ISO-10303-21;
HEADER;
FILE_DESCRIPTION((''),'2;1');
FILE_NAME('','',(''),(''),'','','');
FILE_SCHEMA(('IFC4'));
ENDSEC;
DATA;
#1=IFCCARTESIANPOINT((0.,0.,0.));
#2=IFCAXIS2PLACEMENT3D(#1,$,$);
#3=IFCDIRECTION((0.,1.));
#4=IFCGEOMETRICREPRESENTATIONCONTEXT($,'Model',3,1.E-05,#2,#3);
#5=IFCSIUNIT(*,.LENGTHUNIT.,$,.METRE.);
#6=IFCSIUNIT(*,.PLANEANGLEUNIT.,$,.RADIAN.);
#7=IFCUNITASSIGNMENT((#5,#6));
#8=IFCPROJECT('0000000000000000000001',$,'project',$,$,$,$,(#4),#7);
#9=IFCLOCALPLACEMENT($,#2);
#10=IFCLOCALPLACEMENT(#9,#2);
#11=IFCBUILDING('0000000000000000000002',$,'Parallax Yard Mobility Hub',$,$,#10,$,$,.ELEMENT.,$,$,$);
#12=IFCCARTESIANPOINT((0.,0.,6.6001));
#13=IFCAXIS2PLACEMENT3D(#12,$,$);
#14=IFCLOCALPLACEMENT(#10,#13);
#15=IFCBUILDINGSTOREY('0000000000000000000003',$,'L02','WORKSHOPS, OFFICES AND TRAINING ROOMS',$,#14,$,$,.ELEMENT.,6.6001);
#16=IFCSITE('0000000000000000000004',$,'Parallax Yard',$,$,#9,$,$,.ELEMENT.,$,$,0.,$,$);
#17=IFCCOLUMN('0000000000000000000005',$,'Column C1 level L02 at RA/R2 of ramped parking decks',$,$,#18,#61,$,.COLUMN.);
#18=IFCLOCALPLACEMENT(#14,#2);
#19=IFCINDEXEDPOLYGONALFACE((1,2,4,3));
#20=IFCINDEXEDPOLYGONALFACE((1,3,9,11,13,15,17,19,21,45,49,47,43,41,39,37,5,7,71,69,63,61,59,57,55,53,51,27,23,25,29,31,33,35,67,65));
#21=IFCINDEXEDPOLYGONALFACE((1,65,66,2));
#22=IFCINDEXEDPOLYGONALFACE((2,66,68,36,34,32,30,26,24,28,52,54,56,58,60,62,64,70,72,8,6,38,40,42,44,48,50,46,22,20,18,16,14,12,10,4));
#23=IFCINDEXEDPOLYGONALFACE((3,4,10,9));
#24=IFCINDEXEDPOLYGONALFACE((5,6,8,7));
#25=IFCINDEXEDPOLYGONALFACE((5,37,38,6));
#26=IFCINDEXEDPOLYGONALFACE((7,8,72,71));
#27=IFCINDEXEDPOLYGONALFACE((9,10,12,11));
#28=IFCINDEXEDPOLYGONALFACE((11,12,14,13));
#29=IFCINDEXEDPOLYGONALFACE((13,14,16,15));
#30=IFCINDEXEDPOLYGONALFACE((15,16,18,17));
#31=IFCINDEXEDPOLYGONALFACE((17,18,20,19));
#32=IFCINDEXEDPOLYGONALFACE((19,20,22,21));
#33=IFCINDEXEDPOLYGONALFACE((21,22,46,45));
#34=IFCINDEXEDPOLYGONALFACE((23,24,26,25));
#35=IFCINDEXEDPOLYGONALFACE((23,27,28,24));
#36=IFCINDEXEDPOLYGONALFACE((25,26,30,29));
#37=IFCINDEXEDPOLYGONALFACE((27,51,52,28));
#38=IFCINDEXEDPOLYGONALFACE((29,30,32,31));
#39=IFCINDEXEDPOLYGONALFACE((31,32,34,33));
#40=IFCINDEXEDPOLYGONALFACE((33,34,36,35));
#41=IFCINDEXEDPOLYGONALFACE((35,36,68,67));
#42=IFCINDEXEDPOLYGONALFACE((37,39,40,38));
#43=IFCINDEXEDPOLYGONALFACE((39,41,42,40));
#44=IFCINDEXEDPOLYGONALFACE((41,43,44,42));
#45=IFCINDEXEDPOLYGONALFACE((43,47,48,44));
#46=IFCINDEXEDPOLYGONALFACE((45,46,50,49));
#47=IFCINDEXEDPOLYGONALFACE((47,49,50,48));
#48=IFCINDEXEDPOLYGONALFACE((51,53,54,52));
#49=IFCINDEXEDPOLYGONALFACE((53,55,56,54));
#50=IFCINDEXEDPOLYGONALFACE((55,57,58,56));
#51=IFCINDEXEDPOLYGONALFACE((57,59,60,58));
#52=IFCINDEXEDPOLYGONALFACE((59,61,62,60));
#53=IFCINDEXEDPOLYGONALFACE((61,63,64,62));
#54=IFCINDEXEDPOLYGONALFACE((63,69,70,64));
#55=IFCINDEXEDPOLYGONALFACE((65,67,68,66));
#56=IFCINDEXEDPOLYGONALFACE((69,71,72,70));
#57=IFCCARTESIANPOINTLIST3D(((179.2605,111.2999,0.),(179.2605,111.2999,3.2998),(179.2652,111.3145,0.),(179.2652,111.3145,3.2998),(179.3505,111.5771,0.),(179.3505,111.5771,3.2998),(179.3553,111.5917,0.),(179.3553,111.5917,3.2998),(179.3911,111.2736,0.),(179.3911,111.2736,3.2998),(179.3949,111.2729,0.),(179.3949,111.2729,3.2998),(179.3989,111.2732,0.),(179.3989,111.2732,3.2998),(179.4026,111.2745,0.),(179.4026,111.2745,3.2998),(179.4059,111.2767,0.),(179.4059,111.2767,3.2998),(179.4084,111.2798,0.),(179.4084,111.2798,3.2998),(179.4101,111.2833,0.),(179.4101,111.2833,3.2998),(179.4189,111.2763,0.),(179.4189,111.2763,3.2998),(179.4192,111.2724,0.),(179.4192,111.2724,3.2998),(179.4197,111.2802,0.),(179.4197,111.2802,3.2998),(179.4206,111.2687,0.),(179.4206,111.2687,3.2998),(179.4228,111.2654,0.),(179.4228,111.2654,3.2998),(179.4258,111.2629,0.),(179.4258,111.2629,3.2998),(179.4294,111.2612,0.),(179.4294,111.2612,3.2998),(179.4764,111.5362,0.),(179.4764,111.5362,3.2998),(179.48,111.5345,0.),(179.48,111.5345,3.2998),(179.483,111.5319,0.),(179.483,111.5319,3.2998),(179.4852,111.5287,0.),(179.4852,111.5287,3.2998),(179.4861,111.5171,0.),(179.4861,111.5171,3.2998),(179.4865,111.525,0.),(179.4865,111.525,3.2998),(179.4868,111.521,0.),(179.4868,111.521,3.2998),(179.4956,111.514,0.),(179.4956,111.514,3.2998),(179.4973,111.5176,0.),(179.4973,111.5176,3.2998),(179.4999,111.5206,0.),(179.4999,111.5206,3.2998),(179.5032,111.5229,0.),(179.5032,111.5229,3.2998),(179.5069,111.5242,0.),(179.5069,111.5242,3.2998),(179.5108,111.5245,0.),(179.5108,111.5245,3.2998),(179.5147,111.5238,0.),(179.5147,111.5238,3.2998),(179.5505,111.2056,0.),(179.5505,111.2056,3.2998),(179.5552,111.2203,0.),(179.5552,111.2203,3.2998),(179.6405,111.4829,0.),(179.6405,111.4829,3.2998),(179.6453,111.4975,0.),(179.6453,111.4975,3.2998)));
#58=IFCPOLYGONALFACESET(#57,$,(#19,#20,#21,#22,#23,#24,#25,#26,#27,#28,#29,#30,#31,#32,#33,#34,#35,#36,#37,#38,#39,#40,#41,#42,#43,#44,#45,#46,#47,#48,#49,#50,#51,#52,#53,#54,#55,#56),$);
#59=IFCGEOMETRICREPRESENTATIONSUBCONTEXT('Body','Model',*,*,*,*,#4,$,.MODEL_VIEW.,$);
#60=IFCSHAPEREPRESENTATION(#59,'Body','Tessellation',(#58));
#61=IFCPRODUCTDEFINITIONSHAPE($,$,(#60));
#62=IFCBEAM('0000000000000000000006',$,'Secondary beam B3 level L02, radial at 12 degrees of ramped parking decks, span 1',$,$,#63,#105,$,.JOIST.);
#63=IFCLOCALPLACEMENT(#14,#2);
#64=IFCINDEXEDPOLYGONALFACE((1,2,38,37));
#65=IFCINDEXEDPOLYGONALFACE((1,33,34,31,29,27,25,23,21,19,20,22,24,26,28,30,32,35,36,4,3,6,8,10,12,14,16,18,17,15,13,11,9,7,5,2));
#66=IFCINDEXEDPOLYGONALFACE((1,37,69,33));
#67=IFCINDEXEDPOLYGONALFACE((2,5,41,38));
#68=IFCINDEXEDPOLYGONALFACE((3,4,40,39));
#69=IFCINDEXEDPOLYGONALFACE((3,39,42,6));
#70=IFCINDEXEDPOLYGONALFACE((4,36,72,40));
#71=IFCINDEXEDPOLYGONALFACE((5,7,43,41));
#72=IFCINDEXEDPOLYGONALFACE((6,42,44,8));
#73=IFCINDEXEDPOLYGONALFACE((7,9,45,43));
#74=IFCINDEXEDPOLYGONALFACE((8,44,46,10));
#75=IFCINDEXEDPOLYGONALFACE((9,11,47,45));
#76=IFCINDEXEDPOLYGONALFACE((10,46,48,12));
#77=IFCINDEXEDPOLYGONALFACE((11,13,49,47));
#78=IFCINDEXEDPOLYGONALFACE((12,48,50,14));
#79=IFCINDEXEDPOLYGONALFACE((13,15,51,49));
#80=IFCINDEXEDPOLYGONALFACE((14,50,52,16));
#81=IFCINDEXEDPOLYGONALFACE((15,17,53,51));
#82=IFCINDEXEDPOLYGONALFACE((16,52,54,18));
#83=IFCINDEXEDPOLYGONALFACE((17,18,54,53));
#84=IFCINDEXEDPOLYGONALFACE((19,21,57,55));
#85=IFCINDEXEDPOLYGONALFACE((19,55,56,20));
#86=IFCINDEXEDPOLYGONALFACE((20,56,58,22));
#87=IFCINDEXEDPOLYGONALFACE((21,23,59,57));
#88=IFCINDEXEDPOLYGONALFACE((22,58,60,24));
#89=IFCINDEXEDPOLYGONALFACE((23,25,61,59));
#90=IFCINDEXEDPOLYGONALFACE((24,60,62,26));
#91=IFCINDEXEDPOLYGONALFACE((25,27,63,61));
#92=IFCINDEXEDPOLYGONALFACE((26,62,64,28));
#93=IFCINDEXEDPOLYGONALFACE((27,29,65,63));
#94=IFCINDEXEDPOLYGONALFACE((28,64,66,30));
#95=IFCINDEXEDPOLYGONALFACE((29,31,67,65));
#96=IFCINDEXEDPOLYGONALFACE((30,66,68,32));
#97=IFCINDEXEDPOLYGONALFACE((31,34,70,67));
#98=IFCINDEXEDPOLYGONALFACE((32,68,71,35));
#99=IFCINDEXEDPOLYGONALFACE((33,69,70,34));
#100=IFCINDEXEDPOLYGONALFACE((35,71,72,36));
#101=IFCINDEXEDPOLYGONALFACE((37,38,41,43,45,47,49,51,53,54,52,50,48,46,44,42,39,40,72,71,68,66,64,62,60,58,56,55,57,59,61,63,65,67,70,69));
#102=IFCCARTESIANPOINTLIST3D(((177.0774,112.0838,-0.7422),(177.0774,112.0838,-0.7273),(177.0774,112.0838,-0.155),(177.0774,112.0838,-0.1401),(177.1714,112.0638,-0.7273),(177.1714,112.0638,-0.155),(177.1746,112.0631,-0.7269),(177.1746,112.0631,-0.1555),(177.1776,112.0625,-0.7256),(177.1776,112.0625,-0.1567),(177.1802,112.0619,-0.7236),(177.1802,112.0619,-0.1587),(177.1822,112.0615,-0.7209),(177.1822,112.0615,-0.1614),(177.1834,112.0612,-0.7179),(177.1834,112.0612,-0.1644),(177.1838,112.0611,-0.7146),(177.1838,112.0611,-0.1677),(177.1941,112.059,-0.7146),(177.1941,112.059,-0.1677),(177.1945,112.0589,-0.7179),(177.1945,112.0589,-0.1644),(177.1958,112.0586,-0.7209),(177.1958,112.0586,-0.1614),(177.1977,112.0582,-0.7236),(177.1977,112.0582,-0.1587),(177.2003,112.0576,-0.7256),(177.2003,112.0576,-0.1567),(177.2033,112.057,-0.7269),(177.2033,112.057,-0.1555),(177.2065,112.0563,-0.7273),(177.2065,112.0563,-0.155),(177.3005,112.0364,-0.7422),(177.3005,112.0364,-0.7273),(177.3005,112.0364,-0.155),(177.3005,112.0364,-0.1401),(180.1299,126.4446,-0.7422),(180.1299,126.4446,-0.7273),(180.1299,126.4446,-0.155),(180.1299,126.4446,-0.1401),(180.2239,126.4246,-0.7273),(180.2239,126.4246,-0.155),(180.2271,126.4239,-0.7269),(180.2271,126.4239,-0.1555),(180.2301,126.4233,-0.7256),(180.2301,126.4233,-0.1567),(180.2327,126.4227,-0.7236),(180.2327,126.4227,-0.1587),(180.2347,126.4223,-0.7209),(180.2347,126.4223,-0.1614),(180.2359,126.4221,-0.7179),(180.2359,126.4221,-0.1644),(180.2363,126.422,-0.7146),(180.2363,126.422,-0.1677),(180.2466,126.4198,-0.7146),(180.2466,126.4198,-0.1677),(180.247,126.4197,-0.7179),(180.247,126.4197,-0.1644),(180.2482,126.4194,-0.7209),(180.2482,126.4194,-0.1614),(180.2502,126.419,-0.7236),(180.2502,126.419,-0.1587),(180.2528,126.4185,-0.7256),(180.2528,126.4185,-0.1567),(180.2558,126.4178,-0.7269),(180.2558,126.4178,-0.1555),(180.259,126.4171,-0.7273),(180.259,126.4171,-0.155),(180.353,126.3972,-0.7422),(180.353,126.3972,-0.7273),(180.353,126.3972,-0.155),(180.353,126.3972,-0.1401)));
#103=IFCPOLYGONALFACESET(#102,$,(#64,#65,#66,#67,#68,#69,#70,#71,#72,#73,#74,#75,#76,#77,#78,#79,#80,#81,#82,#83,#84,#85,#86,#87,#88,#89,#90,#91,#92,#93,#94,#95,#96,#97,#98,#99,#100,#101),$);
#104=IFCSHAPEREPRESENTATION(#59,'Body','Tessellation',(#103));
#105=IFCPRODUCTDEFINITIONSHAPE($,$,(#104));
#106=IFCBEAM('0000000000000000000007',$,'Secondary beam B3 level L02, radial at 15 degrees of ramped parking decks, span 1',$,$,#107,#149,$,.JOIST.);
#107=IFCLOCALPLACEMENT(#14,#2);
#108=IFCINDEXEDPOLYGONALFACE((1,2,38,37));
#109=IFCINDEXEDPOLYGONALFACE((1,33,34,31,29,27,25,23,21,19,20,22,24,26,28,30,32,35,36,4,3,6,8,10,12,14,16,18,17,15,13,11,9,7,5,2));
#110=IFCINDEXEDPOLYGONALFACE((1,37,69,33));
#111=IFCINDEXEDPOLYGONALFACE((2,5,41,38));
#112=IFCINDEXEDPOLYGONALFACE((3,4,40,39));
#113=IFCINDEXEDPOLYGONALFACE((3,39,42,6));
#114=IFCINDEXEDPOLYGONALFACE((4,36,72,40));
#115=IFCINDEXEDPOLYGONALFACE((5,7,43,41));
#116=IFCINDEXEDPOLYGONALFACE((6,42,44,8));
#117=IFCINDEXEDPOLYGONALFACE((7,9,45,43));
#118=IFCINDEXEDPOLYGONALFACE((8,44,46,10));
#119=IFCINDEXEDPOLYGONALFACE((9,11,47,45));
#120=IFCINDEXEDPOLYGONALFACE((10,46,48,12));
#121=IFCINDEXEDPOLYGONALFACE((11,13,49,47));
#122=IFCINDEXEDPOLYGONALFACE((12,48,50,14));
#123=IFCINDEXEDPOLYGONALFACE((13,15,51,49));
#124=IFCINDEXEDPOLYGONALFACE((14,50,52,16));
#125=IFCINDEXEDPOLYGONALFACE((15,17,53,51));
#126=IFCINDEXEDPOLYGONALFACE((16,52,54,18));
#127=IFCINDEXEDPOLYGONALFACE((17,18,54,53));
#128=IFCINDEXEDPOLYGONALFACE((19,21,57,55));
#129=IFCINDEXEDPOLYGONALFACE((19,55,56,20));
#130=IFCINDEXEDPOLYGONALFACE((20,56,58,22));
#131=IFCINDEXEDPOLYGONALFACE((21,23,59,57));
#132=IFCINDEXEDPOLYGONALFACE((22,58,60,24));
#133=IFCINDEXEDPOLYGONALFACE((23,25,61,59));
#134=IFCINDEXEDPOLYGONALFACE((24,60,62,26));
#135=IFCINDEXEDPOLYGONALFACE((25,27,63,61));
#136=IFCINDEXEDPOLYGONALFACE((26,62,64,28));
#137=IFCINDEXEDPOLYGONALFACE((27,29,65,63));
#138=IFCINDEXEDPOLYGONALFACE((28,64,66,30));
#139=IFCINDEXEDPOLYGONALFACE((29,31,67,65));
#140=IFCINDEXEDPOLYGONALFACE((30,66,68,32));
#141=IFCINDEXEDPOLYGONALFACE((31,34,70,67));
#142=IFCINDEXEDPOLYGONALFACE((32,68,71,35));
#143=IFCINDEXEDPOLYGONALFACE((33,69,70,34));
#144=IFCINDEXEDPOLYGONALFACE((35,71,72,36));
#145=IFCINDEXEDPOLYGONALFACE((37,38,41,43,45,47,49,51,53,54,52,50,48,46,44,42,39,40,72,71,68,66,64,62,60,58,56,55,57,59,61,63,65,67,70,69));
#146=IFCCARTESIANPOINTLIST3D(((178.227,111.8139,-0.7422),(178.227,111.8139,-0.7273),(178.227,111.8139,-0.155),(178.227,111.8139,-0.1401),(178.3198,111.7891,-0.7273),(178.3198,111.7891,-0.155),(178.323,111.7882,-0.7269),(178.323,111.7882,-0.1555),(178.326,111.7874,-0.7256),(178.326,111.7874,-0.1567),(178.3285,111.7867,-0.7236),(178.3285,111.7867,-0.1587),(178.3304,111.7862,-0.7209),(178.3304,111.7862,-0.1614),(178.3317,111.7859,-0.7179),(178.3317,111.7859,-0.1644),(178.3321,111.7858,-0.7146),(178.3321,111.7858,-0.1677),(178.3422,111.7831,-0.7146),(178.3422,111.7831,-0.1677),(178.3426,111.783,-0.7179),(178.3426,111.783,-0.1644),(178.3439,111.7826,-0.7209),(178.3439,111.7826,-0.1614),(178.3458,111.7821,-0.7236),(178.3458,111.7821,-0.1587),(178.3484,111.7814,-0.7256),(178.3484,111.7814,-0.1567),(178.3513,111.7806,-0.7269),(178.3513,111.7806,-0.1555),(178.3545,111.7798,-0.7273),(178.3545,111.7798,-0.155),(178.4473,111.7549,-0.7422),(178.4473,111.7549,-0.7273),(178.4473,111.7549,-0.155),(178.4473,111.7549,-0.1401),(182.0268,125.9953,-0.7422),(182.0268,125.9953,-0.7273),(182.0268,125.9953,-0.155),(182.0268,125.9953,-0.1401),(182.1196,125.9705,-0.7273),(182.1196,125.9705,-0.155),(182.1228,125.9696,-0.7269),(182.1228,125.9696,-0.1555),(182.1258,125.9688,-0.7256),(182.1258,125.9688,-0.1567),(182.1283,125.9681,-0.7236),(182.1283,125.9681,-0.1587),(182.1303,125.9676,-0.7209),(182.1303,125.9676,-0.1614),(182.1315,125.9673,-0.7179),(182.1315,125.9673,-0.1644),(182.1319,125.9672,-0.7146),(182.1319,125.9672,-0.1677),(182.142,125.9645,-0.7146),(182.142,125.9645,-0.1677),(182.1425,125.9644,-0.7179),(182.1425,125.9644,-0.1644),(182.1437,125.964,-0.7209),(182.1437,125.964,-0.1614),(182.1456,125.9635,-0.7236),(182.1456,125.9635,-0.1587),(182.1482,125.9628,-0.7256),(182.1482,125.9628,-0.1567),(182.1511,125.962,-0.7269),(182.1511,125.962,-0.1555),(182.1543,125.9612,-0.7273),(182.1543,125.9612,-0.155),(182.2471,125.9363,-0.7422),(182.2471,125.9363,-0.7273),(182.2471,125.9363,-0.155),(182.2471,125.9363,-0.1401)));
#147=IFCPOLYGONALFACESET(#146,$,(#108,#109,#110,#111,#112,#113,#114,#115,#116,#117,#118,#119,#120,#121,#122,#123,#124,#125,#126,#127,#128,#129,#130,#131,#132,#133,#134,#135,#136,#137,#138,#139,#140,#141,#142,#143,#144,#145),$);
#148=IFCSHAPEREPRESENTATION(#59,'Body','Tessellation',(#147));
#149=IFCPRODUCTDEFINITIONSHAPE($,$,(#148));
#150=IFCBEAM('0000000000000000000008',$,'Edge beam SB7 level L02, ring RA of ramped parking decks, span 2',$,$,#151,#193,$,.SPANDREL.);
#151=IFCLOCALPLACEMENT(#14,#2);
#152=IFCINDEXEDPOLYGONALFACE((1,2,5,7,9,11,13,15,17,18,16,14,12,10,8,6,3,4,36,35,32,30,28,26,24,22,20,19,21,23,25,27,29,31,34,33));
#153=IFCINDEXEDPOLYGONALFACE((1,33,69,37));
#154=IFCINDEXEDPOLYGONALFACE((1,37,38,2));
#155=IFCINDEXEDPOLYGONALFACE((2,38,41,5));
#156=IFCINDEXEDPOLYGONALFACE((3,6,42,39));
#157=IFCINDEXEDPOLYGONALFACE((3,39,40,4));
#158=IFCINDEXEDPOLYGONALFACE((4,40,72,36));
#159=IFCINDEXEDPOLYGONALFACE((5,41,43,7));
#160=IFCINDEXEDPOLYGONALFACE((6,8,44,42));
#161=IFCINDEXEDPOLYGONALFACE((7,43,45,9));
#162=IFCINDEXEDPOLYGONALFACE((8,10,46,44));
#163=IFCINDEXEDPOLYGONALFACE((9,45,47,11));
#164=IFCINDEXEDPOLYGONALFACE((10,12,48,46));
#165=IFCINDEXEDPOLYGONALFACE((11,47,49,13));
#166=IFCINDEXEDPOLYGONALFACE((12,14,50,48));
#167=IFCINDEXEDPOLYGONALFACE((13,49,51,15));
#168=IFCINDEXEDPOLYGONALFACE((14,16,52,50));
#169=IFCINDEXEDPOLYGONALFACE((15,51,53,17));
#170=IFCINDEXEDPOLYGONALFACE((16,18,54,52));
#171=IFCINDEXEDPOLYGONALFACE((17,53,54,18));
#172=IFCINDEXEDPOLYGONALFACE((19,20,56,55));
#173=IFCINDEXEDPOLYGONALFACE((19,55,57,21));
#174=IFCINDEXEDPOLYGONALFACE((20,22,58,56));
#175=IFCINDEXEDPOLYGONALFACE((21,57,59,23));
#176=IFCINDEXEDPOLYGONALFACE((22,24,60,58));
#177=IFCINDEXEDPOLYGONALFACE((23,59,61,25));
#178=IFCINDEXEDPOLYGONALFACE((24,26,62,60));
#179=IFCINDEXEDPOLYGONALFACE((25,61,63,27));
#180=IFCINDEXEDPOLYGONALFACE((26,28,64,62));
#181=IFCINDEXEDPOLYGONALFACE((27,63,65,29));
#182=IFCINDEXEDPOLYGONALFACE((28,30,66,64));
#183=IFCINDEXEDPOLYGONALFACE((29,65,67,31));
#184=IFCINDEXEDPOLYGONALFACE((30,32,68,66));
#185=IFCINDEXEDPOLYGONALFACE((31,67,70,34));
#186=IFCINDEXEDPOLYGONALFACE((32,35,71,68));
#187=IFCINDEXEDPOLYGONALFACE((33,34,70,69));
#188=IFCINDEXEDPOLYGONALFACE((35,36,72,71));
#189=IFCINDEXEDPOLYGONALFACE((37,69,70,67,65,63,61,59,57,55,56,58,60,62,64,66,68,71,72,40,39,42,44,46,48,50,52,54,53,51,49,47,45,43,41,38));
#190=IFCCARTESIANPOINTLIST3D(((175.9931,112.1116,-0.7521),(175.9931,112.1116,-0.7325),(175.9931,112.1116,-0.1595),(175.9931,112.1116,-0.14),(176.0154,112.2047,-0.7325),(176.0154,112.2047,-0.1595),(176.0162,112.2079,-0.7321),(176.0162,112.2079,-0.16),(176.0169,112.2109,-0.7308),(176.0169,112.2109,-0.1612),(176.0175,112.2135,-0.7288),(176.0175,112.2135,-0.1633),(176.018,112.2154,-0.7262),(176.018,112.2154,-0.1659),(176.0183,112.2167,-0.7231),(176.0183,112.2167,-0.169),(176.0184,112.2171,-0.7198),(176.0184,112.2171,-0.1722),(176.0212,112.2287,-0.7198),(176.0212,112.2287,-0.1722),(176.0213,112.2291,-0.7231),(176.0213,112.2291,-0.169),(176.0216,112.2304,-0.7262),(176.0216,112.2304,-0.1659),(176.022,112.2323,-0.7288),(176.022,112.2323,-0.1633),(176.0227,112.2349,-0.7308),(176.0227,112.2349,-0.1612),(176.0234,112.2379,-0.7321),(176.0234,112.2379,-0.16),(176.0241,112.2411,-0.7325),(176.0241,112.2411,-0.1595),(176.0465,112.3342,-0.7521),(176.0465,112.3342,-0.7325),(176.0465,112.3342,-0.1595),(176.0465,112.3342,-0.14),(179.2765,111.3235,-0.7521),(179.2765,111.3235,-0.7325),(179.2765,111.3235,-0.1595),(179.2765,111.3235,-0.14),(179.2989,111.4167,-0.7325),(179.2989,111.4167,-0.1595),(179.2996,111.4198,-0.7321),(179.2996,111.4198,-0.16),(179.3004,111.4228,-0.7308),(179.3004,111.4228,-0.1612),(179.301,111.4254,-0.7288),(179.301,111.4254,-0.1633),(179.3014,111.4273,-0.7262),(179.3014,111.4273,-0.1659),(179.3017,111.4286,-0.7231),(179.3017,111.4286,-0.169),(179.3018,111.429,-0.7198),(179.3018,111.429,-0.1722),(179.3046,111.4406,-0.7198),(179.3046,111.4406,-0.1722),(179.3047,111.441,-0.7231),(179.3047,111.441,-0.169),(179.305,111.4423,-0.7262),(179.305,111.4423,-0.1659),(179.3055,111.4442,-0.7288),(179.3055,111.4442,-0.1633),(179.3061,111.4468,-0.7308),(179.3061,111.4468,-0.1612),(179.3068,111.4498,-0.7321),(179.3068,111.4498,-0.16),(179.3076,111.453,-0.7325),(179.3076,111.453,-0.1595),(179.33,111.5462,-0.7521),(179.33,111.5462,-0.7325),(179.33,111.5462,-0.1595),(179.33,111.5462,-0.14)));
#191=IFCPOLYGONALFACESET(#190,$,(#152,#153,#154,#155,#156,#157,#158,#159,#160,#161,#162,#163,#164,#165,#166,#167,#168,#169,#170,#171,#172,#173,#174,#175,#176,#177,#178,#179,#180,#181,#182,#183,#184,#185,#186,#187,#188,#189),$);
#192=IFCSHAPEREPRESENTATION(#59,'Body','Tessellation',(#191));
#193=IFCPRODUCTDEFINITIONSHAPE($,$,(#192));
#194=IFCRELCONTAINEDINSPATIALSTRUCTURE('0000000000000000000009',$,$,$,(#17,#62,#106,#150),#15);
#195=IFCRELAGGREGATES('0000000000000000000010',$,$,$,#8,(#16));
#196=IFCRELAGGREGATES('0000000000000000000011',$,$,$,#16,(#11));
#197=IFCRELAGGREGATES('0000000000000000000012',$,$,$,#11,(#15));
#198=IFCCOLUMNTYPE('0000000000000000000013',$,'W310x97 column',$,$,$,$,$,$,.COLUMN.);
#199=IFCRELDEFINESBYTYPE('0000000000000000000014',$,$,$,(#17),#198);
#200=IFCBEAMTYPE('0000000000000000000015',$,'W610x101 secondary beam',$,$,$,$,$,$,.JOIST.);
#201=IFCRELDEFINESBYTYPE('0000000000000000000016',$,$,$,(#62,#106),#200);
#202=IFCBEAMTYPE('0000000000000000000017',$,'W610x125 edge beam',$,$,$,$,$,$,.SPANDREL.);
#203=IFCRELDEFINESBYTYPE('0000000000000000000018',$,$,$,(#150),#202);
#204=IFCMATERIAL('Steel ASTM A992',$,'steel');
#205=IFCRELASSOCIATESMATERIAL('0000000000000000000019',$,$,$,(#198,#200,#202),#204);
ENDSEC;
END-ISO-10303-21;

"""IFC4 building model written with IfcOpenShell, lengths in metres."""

from ifc_helpers import new_model, si_unit, direction, frame, origin, origin_2d, place, context, subcontext, project, spatial, i_section, extrude, material, material_profile, profile_set, type_object, element, save


model = new_model("IFC4")

# Units and contexts
model_context = context("Model", 3, precision=1e-05, world=origin(), true_north=direction((0.0, 1.0)))
body_context = subcontext(model_context, "Body", "Model", "MODEL_VIEW")
ifc_project = project(units=[si_unit("LENGTHUNIT", "METRE"), si_unit("PLANEANGLEUNIT", "RADIAN")], contexts=[model_context])

# Site, building, storey
site_placement = place(None, origin())
site = spatial("IfcSite", under=ifc_project, at=site_placement, Name="Parallax Yard", CompositionType="ELEMENT", RefElevation=0.0)
building_placement = place(site_placement, origin())
building = spatial("IfcBuilding", under=site, at=building_placement, Name="Parallax Yard Mobility Hub", CompositionType="ELEMENT")
storey_placement = place(building_placement, frame((0.0, 0.0, 6.6001)))
storey = spatial("IfcBuildingStorey", under=building, at=storey_placement, Name="L02", Description="WORKSHOPS, OFFICES AND TRAINING ROOMS", CompositionType="ELEMENT", Elevation=6.6001)

# Column
ifc_material_1 = material(Name="Steel ASTM A992", Category="steel")
ifc_material_profile_1 = material_profile(ifc_material_1, i_section(OverallWidth=0.3049, OverallDepth=0.3069, WebThickness=0.01, FlangeThickness=0.0154, FilletRadius=0.0151, at=origin_2d()), Name="W310x97")
ifc_profile_set_1 = profile_set([ifc_material_profile_1], Name="Steel ASTM A992")
column_type = type_object("IfcColumnType", Name="W310x97 column", PredefinedType="COLUMN", material=ifc_profile_set_1)
column_placement = place(storey_placement, frame((179.4529, 111.3987, 0.0), z_axis=(0.0, 0.0, 1.0), x_axis=(-0.951057, 0.309017, 0.0)))
element("IfcColumn", 1, at=column_placement, inside=storey, type_object=column_type, Name="Column C1 level L02 at RA/R2 of ramped parking decks", PredefinedType="COLUMN", context=body_context, shape_type="SweptSolid", body=[
    extrude(i_section(OverallWidth=0.3049, OverallDepth=0.3069, WebThickness=0.01, FlangeThickness=0.0154, FilletRadius=0.0151, at=origin_2d()), origin(), (0.0, 0.0, 1.0), 3.2998),
])

# Beams
ifc_material_profile_2 = material_profile(ifc_material_1, i_section(OverallWidth=0.228, OverallDepth=0.6021, WebThickness=0.0105, FlangeThickness=0.0149, FilletRadius=0.0127, at=origin_2d()), Name="W610x101")
ifc_profile_set_2 = profile_set([ifc_material_profile_2], Name="Steel ASTM A992")
beam_type_1 = type_object("IfcBeamType", Name="W610x101 secondary beam", PredefinedType="JOIST", material=ifc_profile_set_2)
for number, where, z_axis, x_axis, name in (
    (2, (177.189, 112.0601, -0.4412), (0.207912, 0.978148, 0.0), (-0.978148, 0.207912, 0.0), "Secondary beam B3 level L02, radial at 12 degrees of ramped parking decks, span 1"),
    (3, (178.3372, 111.7844, -0.4412), (0.258813, 0.965927, 0.0), (-0.965927, 0.258813, 0.0), "Secondary beam B3 level L02, radial at 15 degrees of ramped parking decks, span 1"),
):
    element("IfcBeam", number, at=place(storey_placement, frame(where, z_axis=z_axis, x_axis=x_axis)), inside=storey, type_object=beam_type_1, Name=name, PredefinedType="JOIST", context=body_context, shape_type="SweptSolid", body=[
        extrude(i_section(OverallWidth=0.228, OverallDepth=0.6021, WebThickness=0.0105, FlangeThickness=0.0149, FilletRadius=0.0127, at=origin_2d()), origin(), (0.0, 0.0, 1.0), 14.6816),
    ])
ifc_material_profile_3 = material_profile(ifc_material_1, i_section(OverallWidth=0.229, OverallDepth=0.6121, WebThickness=0.012, FlangeThickness=0.0195, FilletRadius=0.0127, at=origin_2d()), Name="W610x125")
ifc_profile_set_3 = profile_set([ifc_material_profile_3], Name="Steel ASTM A992")
beam_type_2 = type_object("IfcBeamType", Name="W610x125 edge beam", PredefinedType="SPANDREL", material=ifc_profile_set_3)
beam_placement = place(storey_placement, frame((176.0198, 112.2229, -0.446), z_axis=(0.972383, -0.233389, 0.0), x_axis=(0.233389, 0.972383, 0.0)))
element("IfcBeam", 4, at=beam_placement, inside=storey, type_object=beam_type_2, Name="Edge beam SB7 level L02, ring RA of ramped parking decks, span 2", PredefinedType="SPANDREL", context=body_context, shape_type="SweptSolid", body=[
    extrude(i_section(OverallWidth=0.229, OverallDepth=0.6121, WebThickness=0.012, FlangeThickness=0.0195, FilletRadius=0.0127, at=origin_2d()), origin(), (0.0, 0.0, 1.0), 3.3767),
])

save(model, "model.ifc")
